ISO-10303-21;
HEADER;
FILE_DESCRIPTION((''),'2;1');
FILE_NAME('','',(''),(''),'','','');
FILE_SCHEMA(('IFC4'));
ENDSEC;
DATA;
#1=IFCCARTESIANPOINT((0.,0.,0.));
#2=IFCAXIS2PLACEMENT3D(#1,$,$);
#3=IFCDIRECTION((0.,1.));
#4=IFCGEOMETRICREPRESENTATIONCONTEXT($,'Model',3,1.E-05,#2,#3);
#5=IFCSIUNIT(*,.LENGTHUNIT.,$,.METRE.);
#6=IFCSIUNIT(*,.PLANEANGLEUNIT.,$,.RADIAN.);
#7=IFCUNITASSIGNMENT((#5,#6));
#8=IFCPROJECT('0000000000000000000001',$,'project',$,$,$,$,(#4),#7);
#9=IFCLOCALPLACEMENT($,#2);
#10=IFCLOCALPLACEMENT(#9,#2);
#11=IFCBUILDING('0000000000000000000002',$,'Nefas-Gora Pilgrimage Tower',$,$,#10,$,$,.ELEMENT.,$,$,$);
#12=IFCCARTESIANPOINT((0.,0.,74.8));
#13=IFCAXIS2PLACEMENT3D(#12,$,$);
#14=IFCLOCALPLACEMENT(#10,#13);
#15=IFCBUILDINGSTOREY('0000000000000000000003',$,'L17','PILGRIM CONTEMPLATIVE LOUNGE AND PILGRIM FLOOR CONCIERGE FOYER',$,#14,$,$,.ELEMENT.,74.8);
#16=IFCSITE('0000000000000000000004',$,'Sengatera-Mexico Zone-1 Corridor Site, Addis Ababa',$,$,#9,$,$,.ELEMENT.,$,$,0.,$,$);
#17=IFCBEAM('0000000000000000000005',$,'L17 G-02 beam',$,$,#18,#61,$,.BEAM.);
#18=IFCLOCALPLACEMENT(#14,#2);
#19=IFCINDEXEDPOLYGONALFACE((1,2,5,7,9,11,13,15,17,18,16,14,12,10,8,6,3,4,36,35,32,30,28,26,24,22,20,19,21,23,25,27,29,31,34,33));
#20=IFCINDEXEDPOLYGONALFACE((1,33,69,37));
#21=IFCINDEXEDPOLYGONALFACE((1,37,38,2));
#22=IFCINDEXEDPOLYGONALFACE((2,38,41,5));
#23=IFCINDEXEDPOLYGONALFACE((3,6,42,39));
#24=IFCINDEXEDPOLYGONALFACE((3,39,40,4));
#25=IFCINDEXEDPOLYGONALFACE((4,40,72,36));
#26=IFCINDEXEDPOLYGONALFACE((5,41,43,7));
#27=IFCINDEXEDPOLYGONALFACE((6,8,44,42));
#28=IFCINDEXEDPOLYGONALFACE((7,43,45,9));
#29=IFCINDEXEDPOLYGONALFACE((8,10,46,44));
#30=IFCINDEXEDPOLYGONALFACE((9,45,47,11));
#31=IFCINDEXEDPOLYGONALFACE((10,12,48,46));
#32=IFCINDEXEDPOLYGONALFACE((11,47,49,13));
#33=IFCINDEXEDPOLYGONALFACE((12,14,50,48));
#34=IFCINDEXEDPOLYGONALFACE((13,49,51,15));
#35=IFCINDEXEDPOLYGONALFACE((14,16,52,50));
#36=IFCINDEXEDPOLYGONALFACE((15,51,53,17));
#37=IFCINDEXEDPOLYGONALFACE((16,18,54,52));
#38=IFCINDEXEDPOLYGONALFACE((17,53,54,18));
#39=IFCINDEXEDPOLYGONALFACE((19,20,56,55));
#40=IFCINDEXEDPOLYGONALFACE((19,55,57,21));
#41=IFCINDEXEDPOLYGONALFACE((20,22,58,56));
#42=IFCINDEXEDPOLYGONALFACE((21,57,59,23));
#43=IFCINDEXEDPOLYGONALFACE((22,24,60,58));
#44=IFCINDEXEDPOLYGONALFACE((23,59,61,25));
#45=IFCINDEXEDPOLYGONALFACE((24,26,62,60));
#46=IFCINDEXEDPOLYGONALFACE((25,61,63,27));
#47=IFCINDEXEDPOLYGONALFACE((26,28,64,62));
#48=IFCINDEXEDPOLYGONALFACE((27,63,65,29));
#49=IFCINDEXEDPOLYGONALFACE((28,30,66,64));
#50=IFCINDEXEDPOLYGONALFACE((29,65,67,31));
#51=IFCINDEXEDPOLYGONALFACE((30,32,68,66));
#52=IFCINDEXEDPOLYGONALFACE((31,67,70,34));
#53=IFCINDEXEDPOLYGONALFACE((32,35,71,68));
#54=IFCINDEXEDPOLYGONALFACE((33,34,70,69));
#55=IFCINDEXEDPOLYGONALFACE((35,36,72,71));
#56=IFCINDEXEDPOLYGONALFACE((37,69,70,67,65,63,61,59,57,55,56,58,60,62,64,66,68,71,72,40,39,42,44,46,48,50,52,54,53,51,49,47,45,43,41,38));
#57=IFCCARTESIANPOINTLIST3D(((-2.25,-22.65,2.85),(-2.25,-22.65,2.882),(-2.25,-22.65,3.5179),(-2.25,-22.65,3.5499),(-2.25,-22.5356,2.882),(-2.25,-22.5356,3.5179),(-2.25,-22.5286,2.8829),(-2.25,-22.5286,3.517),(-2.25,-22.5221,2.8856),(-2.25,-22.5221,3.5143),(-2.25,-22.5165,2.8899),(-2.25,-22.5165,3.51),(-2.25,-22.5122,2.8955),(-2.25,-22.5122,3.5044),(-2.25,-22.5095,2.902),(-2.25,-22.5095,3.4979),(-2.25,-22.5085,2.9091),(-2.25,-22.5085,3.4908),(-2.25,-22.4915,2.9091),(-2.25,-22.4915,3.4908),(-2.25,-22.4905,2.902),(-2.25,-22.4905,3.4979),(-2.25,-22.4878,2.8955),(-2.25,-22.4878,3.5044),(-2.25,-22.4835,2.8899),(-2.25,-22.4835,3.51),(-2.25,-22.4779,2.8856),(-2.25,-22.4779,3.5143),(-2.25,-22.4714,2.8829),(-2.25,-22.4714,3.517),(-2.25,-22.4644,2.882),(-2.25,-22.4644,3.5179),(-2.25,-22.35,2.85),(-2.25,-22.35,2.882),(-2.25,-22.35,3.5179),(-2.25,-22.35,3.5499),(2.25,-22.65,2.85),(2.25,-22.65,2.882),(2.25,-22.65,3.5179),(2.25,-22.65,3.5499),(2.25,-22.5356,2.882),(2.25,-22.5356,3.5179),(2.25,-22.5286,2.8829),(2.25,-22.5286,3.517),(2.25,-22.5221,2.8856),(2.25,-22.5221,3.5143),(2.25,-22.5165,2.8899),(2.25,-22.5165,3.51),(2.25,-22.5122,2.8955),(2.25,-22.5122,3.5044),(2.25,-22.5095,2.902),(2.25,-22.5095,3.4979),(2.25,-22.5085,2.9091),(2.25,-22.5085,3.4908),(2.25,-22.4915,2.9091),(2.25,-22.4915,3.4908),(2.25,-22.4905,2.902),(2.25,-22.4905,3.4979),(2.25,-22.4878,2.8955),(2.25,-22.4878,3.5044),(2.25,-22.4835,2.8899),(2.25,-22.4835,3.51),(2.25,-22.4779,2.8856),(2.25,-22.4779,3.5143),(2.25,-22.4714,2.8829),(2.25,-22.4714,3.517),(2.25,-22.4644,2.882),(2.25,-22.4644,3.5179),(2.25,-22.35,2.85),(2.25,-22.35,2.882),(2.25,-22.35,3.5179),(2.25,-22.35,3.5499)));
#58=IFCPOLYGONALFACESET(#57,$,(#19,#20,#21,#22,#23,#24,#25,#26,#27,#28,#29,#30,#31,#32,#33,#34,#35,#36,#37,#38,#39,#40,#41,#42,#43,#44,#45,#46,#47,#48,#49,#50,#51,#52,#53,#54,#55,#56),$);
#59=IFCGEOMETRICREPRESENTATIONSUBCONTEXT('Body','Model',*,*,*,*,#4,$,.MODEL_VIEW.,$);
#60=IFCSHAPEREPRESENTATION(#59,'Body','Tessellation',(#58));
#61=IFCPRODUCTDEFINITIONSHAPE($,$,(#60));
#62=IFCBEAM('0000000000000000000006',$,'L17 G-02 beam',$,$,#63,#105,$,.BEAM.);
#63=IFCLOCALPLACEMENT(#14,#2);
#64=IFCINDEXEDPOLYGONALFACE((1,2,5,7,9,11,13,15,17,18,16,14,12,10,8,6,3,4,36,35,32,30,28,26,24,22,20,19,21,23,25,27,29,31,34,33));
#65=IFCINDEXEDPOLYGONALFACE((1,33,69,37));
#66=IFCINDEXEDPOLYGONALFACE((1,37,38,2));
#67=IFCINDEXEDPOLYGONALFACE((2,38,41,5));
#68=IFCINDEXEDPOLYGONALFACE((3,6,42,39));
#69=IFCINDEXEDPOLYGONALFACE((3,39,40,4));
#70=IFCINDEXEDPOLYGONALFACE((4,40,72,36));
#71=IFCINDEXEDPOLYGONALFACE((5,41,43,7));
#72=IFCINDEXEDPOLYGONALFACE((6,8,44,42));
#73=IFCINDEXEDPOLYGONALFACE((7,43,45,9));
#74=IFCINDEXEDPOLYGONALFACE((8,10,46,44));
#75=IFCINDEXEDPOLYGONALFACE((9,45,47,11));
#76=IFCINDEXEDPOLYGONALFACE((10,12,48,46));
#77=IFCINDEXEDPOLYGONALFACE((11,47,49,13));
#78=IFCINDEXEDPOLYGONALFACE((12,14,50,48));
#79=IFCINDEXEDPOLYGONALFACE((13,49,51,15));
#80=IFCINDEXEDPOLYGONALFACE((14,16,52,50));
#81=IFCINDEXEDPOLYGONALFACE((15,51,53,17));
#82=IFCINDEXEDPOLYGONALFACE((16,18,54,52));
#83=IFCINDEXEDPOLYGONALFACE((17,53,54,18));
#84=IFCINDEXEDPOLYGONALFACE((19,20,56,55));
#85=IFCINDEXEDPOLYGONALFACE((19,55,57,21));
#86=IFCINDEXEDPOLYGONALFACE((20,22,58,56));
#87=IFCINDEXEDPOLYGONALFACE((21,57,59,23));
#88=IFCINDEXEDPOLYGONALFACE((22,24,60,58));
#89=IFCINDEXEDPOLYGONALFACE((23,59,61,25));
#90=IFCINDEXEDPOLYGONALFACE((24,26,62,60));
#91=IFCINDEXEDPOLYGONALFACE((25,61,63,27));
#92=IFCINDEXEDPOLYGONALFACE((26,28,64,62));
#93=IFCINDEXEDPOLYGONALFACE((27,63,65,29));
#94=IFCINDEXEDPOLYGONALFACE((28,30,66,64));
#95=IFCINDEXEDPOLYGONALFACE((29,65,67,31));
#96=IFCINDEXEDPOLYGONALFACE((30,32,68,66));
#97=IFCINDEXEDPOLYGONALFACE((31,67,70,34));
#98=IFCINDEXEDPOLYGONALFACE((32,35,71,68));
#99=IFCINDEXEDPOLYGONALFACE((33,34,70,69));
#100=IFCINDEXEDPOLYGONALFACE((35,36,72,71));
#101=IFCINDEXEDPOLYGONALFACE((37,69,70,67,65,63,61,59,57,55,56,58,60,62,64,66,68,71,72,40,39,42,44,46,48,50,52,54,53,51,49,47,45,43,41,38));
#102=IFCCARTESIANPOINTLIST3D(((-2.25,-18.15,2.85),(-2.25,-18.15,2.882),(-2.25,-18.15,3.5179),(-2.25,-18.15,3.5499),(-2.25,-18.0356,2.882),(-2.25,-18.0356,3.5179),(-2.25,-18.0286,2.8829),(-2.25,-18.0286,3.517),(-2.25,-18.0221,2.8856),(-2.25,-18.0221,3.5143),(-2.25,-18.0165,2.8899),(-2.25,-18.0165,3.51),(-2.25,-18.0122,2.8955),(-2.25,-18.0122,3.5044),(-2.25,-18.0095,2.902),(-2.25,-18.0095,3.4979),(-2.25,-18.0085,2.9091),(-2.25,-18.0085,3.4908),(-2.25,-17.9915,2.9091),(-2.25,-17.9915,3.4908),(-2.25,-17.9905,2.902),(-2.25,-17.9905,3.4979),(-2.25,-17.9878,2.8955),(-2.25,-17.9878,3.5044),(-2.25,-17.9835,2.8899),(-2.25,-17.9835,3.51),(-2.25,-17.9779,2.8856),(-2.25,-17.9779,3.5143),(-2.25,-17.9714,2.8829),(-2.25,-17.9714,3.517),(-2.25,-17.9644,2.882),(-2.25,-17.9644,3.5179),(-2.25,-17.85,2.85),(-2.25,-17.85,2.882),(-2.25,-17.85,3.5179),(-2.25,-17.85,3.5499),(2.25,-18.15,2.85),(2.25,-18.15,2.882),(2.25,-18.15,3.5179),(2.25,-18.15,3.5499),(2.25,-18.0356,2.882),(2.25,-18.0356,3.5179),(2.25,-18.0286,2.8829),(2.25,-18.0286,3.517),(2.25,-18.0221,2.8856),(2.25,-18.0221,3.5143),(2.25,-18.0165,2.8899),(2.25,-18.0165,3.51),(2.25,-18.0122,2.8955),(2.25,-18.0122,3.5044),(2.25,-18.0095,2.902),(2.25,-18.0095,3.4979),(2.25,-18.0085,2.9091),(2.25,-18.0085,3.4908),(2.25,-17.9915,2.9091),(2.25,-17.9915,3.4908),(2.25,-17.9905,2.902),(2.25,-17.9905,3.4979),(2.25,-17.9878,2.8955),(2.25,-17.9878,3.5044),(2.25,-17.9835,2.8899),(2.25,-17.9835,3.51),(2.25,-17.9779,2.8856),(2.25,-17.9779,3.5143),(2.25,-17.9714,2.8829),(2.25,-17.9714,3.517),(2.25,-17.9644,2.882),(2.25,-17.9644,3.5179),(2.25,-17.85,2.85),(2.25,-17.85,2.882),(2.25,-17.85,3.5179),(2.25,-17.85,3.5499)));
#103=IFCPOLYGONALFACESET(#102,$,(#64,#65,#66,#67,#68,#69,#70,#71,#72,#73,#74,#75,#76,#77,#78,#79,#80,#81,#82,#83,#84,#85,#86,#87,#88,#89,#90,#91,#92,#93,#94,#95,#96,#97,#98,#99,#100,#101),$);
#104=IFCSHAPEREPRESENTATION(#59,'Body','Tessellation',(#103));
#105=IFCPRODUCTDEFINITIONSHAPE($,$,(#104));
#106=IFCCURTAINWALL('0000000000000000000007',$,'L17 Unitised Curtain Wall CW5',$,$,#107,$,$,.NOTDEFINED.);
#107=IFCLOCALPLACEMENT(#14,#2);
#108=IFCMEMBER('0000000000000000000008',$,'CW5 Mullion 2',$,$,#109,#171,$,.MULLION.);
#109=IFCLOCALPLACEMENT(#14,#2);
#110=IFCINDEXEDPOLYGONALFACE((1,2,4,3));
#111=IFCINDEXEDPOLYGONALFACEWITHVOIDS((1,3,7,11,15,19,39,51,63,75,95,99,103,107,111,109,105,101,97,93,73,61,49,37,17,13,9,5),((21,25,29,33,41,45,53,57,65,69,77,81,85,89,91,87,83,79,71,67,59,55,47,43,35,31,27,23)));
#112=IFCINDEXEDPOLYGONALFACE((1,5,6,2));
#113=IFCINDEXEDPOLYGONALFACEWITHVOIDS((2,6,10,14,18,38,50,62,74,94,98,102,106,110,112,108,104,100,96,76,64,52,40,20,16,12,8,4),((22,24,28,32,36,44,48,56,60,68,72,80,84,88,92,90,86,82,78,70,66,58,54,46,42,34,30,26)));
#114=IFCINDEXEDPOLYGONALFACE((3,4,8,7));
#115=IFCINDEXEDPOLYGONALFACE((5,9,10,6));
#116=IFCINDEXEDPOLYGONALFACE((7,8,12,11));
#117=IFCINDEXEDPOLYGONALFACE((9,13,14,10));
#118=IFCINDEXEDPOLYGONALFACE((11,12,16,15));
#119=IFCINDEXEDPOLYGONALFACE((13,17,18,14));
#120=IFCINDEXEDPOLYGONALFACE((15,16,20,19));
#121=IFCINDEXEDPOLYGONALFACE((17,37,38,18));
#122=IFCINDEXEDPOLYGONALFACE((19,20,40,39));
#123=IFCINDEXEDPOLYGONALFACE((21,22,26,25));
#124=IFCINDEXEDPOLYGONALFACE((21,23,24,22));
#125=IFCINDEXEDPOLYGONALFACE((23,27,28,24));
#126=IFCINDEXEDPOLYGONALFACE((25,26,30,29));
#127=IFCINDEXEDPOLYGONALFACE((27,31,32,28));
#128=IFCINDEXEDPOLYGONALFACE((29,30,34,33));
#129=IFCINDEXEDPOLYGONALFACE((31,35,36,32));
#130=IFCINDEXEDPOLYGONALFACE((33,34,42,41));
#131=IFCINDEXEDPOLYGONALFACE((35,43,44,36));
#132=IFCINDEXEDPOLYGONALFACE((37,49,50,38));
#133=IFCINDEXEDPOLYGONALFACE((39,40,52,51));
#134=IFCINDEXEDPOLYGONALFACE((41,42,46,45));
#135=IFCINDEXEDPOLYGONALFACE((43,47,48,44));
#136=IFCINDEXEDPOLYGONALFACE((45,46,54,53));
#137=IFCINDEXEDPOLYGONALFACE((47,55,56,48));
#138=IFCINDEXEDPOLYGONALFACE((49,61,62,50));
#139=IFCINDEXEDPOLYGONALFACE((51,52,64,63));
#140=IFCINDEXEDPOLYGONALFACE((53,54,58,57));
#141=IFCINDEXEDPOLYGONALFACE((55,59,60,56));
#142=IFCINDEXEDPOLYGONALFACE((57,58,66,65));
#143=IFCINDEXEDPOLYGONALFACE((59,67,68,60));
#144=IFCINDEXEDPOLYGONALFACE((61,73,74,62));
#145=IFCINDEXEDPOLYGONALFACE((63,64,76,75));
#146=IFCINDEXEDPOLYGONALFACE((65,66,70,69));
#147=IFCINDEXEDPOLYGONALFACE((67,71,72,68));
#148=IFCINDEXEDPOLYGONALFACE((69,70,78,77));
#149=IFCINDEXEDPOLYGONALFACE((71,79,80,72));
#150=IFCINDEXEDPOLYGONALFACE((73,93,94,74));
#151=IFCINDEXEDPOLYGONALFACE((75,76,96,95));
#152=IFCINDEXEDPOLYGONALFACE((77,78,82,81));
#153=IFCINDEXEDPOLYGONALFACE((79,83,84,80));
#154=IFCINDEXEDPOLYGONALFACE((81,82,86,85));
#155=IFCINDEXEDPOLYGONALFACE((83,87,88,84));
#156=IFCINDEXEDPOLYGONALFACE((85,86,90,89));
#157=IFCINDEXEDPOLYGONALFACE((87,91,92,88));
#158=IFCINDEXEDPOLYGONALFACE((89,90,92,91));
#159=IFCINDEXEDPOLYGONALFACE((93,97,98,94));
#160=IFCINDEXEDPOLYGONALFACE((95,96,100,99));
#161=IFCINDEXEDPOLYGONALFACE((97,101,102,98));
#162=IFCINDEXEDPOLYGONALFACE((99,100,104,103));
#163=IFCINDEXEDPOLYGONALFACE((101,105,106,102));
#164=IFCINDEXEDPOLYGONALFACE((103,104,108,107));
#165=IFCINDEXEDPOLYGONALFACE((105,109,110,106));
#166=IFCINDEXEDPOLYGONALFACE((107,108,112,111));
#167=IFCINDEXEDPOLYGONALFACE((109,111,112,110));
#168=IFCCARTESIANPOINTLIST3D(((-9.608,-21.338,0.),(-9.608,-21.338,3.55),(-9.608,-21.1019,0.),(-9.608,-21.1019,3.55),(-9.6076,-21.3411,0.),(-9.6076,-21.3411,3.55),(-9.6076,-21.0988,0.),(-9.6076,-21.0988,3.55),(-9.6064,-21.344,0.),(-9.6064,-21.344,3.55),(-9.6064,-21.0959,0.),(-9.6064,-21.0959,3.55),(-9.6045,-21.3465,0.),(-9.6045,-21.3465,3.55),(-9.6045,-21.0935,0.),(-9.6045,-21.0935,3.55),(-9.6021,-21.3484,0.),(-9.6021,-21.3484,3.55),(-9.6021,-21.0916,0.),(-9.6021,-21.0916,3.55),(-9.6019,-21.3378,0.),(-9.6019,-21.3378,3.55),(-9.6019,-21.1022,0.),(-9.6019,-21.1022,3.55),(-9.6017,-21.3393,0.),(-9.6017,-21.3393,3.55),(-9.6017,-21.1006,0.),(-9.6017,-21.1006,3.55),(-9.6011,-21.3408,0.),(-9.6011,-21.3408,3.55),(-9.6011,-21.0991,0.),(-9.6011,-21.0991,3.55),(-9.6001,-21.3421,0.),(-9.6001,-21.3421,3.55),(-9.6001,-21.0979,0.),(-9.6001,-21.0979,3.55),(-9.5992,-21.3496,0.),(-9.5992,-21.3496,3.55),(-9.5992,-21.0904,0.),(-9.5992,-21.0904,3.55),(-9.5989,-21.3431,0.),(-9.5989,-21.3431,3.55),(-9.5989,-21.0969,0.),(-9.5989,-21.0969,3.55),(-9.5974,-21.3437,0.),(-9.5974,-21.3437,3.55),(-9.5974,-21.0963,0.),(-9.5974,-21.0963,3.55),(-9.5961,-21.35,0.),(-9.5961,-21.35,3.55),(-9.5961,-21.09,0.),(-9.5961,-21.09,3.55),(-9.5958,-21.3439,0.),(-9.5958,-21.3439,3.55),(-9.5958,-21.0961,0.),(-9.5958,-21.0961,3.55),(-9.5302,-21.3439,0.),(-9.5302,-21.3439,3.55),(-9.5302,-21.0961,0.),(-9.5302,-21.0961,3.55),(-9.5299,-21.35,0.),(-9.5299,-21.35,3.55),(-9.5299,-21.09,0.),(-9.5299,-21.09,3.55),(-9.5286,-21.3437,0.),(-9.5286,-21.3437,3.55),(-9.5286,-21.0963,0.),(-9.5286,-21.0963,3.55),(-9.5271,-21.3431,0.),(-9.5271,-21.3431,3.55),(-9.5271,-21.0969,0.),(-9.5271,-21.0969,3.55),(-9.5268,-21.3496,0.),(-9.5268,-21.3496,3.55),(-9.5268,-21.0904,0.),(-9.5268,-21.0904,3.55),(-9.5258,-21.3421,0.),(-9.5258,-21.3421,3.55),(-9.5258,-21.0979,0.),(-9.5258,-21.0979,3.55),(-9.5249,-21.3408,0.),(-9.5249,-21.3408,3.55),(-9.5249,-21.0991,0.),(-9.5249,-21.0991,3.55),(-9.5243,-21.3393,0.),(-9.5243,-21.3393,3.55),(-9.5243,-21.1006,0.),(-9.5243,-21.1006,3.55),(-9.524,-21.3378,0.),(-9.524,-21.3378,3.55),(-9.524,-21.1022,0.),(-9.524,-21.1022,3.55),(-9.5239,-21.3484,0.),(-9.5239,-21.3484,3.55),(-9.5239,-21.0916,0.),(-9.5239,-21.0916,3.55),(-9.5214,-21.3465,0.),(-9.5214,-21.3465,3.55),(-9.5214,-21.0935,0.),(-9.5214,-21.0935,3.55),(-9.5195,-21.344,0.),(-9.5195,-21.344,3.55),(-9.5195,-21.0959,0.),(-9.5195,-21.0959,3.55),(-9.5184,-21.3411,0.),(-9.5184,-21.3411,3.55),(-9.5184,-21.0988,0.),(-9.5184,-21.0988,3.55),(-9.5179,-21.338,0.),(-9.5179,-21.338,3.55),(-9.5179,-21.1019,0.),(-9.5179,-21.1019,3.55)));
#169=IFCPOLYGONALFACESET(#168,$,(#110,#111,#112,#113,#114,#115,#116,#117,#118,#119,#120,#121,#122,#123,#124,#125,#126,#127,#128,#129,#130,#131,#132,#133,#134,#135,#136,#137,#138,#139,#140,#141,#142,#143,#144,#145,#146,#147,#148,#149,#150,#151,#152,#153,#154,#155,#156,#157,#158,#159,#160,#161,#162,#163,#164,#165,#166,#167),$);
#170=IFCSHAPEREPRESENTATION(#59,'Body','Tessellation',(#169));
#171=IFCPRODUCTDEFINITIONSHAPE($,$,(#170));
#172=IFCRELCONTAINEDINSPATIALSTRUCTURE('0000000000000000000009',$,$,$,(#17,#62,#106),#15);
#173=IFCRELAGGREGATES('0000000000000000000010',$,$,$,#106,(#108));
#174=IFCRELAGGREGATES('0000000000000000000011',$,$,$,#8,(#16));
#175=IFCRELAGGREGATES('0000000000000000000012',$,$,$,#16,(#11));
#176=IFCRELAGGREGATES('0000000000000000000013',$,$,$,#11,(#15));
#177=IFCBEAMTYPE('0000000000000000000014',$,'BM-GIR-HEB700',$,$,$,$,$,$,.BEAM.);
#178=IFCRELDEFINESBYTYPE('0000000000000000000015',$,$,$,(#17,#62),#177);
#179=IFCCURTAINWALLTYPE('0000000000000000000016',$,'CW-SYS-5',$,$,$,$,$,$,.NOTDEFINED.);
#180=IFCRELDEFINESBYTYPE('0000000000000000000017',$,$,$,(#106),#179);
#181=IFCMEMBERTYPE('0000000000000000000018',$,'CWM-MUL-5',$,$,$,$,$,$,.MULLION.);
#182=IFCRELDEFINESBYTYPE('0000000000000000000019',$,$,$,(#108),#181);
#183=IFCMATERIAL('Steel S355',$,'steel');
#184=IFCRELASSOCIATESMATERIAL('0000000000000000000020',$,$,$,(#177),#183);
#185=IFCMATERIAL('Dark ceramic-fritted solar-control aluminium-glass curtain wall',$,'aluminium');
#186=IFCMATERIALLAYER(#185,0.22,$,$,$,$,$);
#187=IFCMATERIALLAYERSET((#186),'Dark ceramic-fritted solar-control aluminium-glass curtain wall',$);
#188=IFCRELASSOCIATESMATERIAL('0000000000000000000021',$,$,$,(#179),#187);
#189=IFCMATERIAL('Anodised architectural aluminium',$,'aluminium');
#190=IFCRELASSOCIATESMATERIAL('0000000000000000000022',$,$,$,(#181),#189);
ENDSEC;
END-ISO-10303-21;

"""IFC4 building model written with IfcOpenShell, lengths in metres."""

from ifc_helpers import new_model, si_unit, direction, frame, origin, origin_2d, place, context, subcontext, project, spatial, hollow_rectangle, i_section, extrude, source, transform, mapped, material, layer, layer_set, material_profile, profile_set, type_object, element, aggregate, save


model = new_model("IFC4")

# Units and contexts
model_context = context("Model", 3, precision=1e-05, world=origin(), true_north=direction((0.0, 1.0)))
body_context = subcontext(model_context, "Body", "Model", "MODEL_VIEW")
ifc_project = project(units=[si_unit("LENGTHUNIT", "METRE"), si_unit("PLANEANGLEUNIT", "RADIAN")], contexts=[model_context])

# Site, building, storey
site_placement = place(None, origin())
site = spatial("IfcSite", under=ifc_project, at=site_placement, Name="Sengatera-Mexico Zone-1 Corridor Site, Addis Ababa", CompositionType="ELEMENT", RefElevation=0.0)
building_placement = place(site_placement, origin())
building = spatial("IfcBuilding", under=site, at=building_placement, Name="Nefas-Gora Pilgrimage Tower", CompositionType="ELEMENT")
storey_placement = place(building_placement, frame((0.0, 0.0, 74.8)))
storey = spatial("IfcBuildingStorey", under=building, at=storey_placement, Name="L17", Description="PILGRIM CONTEMPLATIVE LOUNGE AND PILGRIM FLOOR CONCIERGE FOYER", CompositionType="ELEMENT", Elevation=74.8)

# Beams
ifc_material_1 = material(Name="Steel S355", Category="steel")
ifc_material_profile_1 = material_profile(ifc_material_1, i_section(OverallWidth=0.3, OverallDepth=0.7, WebThickness=0.0171, FlangeThickness=0.032, FilletRadius=0.0271, at=origin_2d()), Name="HEB 700")
ifc_profile_set_1 = profile_set([ifc_material_profile_1], Name="Steel S355")
beam_type = type_object("IfcBeamType", Name="BM-GIR-HEB700", PredefinedType="BEAM", material=ifc_profile_set_1)
shared_shape_1 = source(origin(), body_context, "Body", "SweptSolid", [
    extrude(i_section(OverallWidth=0.3, OverallDepth=0.7, WebThickness=0.0171, FlangeThickness=0.032, FilletRadius=0.0271, at=origin_2d()), origin(), (0.0, 0.0, 1.0), 4.5),
])
for number, where, z_axis, x_axis, name in (
    (1, (-2.25, -22.5, 3.2), (1.0, 0.0, 0.0), (0.0, 1.0, 0.0), "L17 G-02 beam"),
    (2, (-2.25, -18.0, 3.2), (1.0, 0.0, 0.0), (0.0, 1.0, 0.0), "L17 G-02 beam"),
):
    element("IfcBeam", number, at=place(storey_placement, frame(where, z_axis=z_axis, x_axis=x_axis)), inside=storey, type_object=beam_type, Name=name, PredefinedType="BEAM", context=body_context, shape_type="MappedRepresentation", body=[
        mapped(shared_shape_1, transform((0.0, 0.0, 0.0), x_axis=(1.0, 0.0, 0.0), y_axis=(0.0, 1.0, 0.0), z_axis=(0.0, 0.0, 1.0), scale=1.0)),
    ])

# Curtain wall, member
ifc_material_2 = material(Name="Dark ceramic-fritted solar-control aluminium-glass curtain wall", Category="aluminium")
ifc_layer_1 = layer(ifc_material_2, 0.22)
ifc_layer_set_1 = layer_set([ifc_layer_1], Name="Dark ceramic-fritted solar-control aluminium-glass curtain wall")
curtain_wall_type = type_object("IfcCurtainWallType", Name="CW-SYS-5", PredefinedType="NOTDEFINED", material=ifc_layer_set_1)
curtain_wall_1_placement = place(storey_placement, origin())
curtain_wall_1 = element("IfcCurtainWall", 3, at=curtain_wall_1_placement, inside=storey, type_object=curtain_wall_type, Name="L17 Unitised Curtain Wall CW5", PredefinedType="NOTDEFINED")
ifc_material_3 = material(Name="Anodised architectural aluminium", Category="aluminium")
ifc_material_profile_2 = material_profile(ifc_material_3, hollow_rectangle(XDim=0.0901, YDim=0.26, WallThickness=0.0061, InnerFilletRadius=0.0061, OuterFilletRadius=0.012, at=origin_2d()), Name="ALU MULLION 90x260")
ifc_profile_set_2 = profile_set([ifc_material_profile_2], Name="Anodised architectural aluminium")
member_type_1 = type_object("IfcMemberType", Name="CWM-MUL-5", PredefinedType="MULLION", material=ifc_profile_set_2)
shared_shape_2 = source(origin(), body_context, "Body", "SweptSolid", [
    extrude(hollow_rectangle(XDim=0.0901, YDim=0.26, WallThickness=0.0061, InnerFilletRadius=0.0061, OuterFilletRadius=0.012, at=origin_2d()), origin(), (0.0, 0.0, 1.0), 3.55),
])
member_1_placement = place(storey_placement, frame((-9.563, -21.22, 0.0), z_axis=(0.0, 0.0, 1.0), x_axis=(1.0, 0.0, 0.0)))
member_1 = element("IfcMember", 4, at=member_1_placement, type_object=member_type_1, Name="CW5 Mullion 2", PredefinedType="MULLION", context=body_context, shape_type="MappedRepresentation", body=[
    mapped(shared_shape_2, transform((0.0, 0.0, 0.0), x_axis=(1.0, 0.0, 0.0), y_axis=(0.0, 1.0, 0.0), z_axis=(0.0, 0.0, 1.0), scale=1.0)),
])
aggregate(curtain_wall_1, [member_1])

save(model, "model.ifc")
